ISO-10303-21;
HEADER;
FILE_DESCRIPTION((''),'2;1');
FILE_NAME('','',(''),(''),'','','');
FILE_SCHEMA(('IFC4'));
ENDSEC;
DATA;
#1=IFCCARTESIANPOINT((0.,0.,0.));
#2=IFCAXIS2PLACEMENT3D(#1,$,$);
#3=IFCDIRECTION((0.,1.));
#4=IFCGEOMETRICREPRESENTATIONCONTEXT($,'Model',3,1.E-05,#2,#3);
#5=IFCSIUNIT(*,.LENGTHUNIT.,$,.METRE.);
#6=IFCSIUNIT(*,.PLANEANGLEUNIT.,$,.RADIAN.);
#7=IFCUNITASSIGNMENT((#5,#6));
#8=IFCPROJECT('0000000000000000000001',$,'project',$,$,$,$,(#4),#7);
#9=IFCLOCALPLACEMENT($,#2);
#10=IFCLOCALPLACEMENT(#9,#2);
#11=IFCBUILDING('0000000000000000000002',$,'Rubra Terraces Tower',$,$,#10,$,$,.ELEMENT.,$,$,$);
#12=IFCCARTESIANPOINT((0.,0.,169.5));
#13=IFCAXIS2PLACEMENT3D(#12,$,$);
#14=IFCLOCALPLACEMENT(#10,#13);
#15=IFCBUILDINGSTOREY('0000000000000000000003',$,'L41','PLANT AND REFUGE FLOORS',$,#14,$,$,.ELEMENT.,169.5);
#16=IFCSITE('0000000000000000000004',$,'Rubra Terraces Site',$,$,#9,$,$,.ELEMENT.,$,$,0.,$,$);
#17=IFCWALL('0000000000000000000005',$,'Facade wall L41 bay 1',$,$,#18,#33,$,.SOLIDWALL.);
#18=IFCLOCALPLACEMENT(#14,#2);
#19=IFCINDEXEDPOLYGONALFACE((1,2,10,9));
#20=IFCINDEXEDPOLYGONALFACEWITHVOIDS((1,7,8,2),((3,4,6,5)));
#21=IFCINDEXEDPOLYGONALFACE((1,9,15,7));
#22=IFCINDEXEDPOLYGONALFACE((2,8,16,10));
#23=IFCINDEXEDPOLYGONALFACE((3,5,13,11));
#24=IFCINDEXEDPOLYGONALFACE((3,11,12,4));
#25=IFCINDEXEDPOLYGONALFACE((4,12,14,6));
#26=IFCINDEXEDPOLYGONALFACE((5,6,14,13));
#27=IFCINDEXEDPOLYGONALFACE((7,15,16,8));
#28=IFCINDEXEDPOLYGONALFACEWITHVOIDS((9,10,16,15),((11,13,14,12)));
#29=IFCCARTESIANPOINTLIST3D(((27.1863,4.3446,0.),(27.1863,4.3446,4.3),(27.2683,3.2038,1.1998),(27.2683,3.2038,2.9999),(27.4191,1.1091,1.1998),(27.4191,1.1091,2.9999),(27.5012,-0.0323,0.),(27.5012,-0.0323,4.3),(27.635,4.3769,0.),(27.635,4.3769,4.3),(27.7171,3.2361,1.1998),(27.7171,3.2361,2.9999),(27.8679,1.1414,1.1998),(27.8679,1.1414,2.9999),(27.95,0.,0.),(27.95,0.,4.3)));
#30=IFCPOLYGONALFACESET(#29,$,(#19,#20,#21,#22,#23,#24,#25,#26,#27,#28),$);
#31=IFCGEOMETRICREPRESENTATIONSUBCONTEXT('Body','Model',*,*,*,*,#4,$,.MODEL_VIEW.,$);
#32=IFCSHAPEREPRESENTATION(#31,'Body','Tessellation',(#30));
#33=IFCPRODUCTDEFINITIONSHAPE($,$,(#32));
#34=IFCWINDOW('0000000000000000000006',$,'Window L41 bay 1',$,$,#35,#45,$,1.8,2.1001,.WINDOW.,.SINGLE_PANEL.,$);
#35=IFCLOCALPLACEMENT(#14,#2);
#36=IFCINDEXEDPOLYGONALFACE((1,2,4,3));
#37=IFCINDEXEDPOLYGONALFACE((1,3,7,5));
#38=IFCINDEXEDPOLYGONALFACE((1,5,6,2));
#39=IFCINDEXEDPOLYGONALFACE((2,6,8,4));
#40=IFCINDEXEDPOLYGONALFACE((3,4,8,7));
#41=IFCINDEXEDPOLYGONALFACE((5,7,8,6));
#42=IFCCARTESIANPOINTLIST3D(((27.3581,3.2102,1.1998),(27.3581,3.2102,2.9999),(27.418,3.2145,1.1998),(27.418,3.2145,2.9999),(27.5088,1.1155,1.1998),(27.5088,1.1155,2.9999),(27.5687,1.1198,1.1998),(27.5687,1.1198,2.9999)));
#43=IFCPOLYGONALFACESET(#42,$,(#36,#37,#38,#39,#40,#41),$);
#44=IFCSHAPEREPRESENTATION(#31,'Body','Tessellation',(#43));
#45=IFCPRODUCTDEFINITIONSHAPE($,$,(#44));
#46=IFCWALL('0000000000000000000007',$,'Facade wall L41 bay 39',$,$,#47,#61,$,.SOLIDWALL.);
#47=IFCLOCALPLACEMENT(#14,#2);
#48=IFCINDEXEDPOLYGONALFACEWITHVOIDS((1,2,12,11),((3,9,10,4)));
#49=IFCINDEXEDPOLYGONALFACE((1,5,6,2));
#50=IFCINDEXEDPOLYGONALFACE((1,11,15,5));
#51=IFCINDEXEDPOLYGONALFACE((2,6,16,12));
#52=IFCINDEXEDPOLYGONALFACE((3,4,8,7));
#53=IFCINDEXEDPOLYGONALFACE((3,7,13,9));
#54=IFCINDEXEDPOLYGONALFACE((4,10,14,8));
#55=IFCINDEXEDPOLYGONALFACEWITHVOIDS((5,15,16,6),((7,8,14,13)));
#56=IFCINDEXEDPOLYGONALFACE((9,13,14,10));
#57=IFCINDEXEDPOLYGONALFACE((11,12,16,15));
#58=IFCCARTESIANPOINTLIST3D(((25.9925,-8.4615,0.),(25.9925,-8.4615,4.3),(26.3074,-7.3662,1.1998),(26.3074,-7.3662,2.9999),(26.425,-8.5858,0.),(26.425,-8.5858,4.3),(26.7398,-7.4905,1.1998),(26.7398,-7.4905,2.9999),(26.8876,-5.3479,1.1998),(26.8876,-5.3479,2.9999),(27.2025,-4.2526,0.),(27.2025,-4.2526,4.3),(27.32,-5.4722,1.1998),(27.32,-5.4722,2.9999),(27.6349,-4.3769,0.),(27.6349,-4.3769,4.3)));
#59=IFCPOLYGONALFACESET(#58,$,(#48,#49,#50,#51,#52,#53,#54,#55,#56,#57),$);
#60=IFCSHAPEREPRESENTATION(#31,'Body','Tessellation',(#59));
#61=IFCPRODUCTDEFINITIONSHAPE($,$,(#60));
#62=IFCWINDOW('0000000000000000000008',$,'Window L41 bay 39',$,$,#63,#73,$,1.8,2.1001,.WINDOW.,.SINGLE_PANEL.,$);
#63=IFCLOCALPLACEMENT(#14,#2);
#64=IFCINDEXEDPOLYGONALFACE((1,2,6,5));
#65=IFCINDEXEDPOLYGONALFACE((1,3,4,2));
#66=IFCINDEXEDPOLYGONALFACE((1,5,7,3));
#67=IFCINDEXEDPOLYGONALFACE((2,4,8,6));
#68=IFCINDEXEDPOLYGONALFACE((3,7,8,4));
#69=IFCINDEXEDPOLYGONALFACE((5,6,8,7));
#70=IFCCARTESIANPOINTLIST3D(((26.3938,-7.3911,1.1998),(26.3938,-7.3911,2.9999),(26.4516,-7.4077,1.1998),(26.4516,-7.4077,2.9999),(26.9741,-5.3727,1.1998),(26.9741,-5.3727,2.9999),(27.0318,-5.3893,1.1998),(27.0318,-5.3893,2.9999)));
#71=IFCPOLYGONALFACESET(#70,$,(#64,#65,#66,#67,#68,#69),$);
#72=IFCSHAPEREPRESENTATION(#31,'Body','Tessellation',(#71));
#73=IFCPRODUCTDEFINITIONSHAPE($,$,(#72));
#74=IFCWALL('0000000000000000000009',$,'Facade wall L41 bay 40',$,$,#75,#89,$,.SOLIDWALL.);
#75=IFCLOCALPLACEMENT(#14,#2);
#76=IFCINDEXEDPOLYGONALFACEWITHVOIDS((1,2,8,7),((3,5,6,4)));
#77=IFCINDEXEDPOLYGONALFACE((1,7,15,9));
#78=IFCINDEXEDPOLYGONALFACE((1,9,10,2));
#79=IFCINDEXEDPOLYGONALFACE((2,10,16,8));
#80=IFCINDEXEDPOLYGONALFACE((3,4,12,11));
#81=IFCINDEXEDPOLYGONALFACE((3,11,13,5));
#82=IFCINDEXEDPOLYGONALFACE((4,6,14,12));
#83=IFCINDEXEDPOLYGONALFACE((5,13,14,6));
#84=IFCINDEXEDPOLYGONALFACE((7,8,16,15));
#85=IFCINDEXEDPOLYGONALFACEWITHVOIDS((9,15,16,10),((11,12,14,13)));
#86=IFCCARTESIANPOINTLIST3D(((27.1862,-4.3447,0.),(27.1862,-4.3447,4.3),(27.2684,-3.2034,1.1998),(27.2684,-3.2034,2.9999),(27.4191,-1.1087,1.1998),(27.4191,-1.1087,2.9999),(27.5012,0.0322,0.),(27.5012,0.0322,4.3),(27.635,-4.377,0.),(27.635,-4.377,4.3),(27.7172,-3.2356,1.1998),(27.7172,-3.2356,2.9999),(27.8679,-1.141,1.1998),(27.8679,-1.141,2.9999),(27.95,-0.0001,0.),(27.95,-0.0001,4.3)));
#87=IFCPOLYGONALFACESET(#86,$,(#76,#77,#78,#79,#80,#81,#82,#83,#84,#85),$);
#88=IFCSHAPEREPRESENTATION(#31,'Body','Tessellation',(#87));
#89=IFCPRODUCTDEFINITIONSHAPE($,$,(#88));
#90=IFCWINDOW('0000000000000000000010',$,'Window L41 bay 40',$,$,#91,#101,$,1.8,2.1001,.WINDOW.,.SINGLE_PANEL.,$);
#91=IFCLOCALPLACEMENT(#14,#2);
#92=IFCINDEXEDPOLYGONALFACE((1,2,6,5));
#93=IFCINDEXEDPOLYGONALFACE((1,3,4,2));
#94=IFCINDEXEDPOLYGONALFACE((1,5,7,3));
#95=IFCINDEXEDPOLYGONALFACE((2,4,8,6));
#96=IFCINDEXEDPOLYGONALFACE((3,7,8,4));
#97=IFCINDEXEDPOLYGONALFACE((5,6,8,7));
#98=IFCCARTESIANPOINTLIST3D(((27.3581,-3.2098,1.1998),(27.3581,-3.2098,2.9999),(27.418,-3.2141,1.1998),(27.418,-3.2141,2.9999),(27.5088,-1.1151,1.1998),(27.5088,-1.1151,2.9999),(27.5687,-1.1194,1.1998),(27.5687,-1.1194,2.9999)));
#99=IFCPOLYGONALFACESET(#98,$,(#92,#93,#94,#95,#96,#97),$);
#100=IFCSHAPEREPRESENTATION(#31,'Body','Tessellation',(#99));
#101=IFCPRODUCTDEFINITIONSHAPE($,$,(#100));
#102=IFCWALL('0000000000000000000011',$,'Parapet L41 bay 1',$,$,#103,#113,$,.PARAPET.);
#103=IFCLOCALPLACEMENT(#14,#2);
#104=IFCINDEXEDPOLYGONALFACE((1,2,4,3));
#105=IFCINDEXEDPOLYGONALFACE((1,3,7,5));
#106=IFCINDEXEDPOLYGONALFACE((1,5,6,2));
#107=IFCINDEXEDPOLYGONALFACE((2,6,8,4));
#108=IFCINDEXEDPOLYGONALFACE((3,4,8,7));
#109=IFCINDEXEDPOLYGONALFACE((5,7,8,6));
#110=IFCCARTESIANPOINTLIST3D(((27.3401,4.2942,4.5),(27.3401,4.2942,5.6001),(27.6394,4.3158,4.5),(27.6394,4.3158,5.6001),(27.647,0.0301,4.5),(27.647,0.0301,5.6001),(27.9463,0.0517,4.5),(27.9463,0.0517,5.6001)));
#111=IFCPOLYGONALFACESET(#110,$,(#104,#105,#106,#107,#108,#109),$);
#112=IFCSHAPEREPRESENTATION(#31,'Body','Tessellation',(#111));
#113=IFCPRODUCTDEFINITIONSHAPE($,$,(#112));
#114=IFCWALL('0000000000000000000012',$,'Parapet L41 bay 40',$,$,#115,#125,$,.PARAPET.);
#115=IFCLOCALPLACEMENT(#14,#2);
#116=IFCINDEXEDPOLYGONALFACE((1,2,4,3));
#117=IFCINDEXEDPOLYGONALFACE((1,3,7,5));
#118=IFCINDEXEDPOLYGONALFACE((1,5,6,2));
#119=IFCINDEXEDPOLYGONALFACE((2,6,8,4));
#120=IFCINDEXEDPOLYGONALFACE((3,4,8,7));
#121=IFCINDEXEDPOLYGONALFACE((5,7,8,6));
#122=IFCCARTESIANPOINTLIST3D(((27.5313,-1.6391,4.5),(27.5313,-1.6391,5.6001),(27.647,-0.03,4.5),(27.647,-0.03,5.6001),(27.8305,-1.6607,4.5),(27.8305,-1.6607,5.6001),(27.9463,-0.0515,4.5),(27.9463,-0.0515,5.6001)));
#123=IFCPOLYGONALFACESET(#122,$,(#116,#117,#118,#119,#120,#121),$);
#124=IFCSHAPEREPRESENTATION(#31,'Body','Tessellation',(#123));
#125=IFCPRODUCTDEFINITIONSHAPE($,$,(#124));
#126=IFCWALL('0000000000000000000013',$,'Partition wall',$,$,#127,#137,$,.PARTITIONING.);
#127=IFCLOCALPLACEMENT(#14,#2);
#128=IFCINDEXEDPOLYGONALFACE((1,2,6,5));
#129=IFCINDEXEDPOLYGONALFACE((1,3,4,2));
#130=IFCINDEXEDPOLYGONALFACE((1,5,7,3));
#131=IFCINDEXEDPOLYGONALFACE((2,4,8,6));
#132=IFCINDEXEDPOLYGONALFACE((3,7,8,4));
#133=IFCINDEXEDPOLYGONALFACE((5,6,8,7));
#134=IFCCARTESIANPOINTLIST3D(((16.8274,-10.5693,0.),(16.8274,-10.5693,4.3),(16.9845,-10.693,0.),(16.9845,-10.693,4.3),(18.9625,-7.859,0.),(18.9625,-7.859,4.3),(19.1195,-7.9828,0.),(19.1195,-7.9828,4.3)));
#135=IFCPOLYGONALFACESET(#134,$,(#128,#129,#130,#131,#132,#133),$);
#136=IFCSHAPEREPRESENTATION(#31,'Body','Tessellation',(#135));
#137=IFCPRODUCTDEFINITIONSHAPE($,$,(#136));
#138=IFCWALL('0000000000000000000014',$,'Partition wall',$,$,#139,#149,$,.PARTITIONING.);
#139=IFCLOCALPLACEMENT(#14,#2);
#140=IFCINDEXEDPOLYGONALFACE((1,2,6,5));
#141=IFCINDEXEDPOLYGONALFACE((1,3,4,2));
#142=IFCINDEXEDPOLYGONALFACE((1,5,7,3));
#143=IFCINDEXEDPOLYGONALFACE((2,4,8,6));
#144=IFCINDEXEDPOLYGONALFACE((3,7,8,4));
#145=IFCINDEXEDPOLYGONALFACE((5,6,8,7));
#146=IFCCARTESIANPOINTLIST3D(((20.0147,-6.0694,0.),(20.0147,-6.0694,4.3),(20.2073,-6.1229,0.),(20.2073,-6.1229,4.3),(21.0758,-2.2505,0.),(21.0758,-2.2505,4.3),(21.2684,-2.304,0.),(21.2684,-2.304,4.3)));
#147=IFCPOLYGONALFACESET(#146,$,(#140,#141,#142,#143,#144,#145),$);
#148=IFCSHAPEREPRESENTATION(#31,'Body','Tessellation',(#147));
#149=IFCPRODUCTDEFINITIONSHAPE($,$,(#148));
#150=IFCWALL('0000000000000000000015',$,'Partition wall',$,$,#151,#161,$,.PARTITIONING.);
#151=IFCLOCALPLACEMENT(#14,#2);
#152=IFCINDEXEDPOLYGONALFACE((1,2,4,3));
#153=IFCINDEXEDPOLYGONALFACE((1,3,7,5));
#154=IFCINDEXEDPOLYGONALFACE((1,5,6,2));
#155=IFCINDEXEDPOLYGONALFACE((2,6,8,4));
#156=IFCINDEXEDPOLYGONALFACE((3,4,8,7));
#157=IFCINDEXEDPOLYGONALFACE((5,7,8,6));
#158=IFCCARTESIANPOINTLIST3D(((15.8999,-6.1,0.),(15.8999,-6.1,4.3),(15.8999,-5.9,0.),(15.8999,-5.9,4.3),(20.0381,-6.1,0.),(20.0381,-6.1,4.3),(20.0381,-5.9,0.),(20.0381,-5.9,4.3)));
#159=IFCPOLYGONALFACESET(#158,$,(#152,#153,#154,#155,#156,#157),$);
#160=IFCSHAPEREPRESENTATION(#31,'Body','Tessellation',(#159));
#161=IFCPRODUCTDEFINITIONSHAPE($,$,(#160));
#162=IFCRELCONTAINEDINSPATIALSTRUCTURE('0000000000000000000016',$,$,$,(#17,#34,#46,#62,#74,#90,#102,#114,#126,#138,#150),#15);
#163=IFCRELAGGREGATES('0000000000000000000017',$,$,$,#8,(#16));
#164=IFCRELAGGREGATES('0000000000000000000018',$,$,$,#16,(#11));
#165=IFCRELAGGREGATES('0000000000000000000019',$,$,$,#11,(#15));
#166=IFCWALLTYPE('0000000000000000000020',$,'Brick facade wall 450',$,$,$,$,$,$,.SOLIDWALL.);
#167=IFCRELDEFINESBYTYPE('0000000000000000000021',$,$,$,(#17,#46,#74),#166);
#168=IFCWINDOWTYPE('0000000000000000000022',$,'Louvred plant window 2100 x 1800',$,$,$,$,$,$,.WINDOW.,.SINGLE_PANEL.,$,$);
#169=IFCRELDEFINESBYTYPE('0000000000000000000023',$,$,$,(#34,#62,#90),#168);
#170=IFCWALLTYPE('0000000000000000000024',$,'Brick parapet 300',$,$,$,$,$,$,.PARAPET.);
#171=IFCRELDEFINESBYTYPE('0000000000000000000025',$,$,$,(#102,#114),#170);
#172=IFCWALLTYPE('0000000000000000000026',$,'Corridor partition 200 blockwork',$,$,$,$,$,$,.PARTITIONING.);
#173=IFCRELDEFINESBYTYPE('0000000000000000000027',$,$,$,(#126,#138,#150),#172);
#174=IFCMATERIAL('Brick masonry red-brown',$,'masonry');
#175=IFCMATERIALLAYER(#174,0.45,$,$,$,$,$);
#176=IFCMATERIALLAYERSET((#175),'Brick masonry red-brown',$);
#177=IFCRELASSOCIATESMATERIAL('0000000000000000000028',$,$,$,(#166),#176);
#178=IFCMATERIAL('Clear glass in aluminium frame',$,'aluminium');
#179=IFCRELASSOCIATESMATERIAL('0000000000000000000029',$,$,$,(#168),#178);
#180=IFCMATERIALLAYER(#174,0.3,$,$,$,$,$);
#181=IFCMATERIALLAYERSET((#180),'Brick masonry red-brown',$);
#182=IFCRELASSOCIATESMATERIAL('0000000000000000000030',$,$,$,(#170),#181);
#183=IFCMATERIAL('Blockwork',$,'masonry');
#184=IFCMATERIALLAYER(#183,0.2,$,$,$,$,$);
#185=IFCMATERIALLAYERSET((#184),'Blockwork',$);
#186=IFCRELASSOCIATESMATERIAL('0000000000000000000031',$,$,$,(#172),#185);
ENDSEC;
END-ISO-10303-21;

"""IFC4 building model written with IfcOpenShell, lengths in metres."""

from ifc_helpers import new_model, si_unit, direction, frame, frame_2d, origin, place, context, subcontext, project, spatial, rectangle, extrude, material, layer, layer_set, type_object, element, fill, save


model = new_model("IFC4")

# Units and contexts
model_context = context("Model", 3, precision=1e-05, world=origin(), true_north=direction((0.0, 1.0)))
body_context = subcontext(model_context, "Body", "Model", "MODEL_VIEW")
ifc_project = project(units=[si_unit("LENGTHUNIT", "METRE"), si_unit("PLANEANGLEUNIT", "RADIAN")], contexts=[model_context])

# Site, building, storey
site_placement = place(None, origin())
site = spatial("IfcSite", under=ifc_project, at=site_placement, Name="Rubra Terraces Site", CompositionType="ELEMENT", RefElevation=0.0)
building_placement = place(site_placement, origin())
building = spatial("IfcBuilding", under=site, at=building_placement, Name="Rubra Terraces Tower", CompositionType="ELEMENT")
storey_placement = place(building_placement, frame((0.0, 0.0, 169.5)))
storey = spatial("IfcBuildingStorey", under=building, at=storey_placement, Name="L41", Description="PLANT AND REFUGE FLOORS", CompositionType="ELEMENT", Elevation=169.5)

# Walls, openings, windows
ifc_material_1 = material(Name="Brick masonry red-brown", Category="masonry")
ifc_layer_1 = layer(ifc_material_1, 0.45)
ifc_layer_set_1 = layer_set([ifc_layer_1], Name="Brick masonry red-brown")
wall_type_1 = type_object("IfcWallType", Name="Brick facade wall 450", PredefinedType="SOLIDWALL", material=ifc_layer_set_1)
wall_1_placement = place(storey_placement, frame((27.7256, -0.0161, 0.0), z_axis=(0.0, 0.0, 1.0), x_axis=(-0.071769, 0.997421, 0.0)))
wall_1 = element("IfcWall", 1, at=wall_1_placement, inside=storey, type_object=wall_type_1, Name="Facade wall L41 bay 1", PredefinedType="SOLIDWALL", context=body_context, shape_type="SweptSolid", body=[
    extrude(rectangle(XDim=4.3882, YDim=0.45, at=frame_2d((2.1941, 0.0))), origin(), (0.0, 0.0, 1.0), 4.3),
])
opening_1_placement = place(wall_1_placement, frame((1.1443, 0.0, 1.2)))
opening_1 = element("IfcOpeningElement", 2, at=opening_1_placement, cuts=wall_1, PredefinedType="OPENING", context=body_context, shape_type="SweptSolid", body=[
    extrude(rectangle(XDim=2.1001, YDim=1.8, at=frame_2d((1.05, 0.8999))), frame((0.0, 0.2349, 0.0), z_axis=(0.0, -1.0, 0.0), x_axis=(1.0, 0.0, 0.0)), (0.0, 0.0, 1.0), 0.47),
])
ifc_material_2 = material(Name="Clear glass in aluminium frame", Category="aluminium")
window_type = type_object("IfcWindowType", Name="Louvred plant window 2100 x 1800", PartitioningType="SINGLE_PANEL", PredefinedType="WINDOW", material=ifc_material_2)
window_1_placement = place(opening_1_placement, origin())
window_1 = element("IfcWindow", 3, at=window_1_placement, inside=storey, type_object=window_type, Name="Window L41 bay 1", OverallHeight=1.8, OverallWidth=2.1001, PartitioningType="SINGLE_PANEL", PredefinedType="WINDOW", context=body_context, shape_type="SweptSolid", body=[
    extrude(rectangle(XDim=2.1001, YDim=1.8, at=frame_2d((1.05, 0.8999))), frame((0.0, 0.135, 0.0), z_axis=(0.0, -1.0, 0.0), x_axis=(1.0, 0.0, 0.0)), (0.0, 0.0, 1.0), 0.0601),
])
fill(opening_1, window_1)
wall_2_placement = place(storey_placement, frame((26.2087, -8.5237, 0.0), z_axis=(0.0, 0.0, 1.0), x_axis=(0.276282, 0.961077, 0.0)))
wall_2 = element("IfcWall", 4, at=wall_2_placement, inside=storey, type_object=wall_type_1, Name="Facade wall L41 bay 39", PredefinedType="SOLIDWALL", context=body_context, shape_type="SweptSolid", body=[
    extrude(rectangle(XDim=4.3794, YDim=0.45, at=frame_2d((2.1897, 0.0))), origin(), (0.0, 0.0, 1.0), 4.3),
])
opening_2_placement = place(wall_2_placement, frame((1.1396, 0.0, 1.2)))
opening_2 = element("IfcOpeningElement", 5, at=opening_2_placement, cuts=wall_2, PredefinedType="OPENING", context=body_context, shape_type="SweptSolid", body=[
    extrude(rectangle(XDim=2.1001, YDim=1.8, at=frame_2d((1.05, 0.8999))), frame((0.0, 0.2349, 0.0), z_axis=(0.0, -1.0, 0.0), x_axis=(1.0, 0.0, 0.0)), (0.0, 0.0, 1.0), 0.47),
])
window_2_placement = place(opening_2_placement, origin())
window_2 = element("IfcWindow", 6, at=window_2_placement, inside=storey, type_object=window_type, Name="Window L41 bay 39", OverallHeight=1.8, OverallWidth=2.1001, PartitioningType="SINGLE_PANEL", PredefinedType="WINDOW", context=body_context, shape_type="SweptSolid", body=[
    extrude(rectangle(XDim=2.1001, YDim=1.8, at=frame_2d((1.05, 0.8999))), frame((0.0, 0.135, 0.0), z_axis=(0.0, -1.0, 0.0), x_axis=(1.0, 0.0, 0.0)), (0.0, 0.0, 1.0), 0.0601),
])
fill(opening_2, window_2)
wall_3_placement = place(storey_placement, frame((27.4106, -4.3608, 0.0), z_axis=(0.0, 0.0, 1.0), x_axis=(0.071769, 0.997421, 0.0)))
wall_3 = element("IfcWall", 7, at=wall_3_placement, inside=storey, type_object=wall_type_1, Name="Facade wall L41 bay 40", PredefinedType="SOLIDWALL", context=body_context, shape_type="SweptSolid", body=[
    extrude(rectangle(XDim=4.3882, YDim=0.45, at=frame_2d((2.1941, 0.0))), origin(), (0.0, 0.0, 1.0), 4.3),
])
opening_3_placement = place(wall_3_placement, frame((1.1443, 0.0, 1.2)))
opening_3 = element("IfcOpeningElement", 8, at=opening_3_placement, cuts=wall_3, PredefinedType="OPENING", context=body_context, shape_type="SweptSolid", body=[
    extrude(rectangle(XDim=2.1001, YDim=1.8, at=frame_2d((1.05, 0.8999))), frame((0.0, 0.2349, 0.0), z_axis=(0.0, -1.0, 0.0), x_axis=(1.0, 0.0, 0.0)), (0.0, 0.0, 1.0), 0.47),
])
window_3_placement = place(opening_3_placement, origin())
window_3 = element("IfcWindow", 9, at=window_3_placement, inside=storey, type_object=window_type, Name="Window L41 bay 40", OverallHeight=1.8, OverallWidth=2.1001, PartitioningType="SINGLE_PANEL", PredefinedType="WINDOW", context=body_context, shape_type="SweptSolid", body=[
    extrude(rectangle(XDim=2.1001, YDim=1.8, at=frame_2d((1.05, 0.8999))), frame((0.0, 0.135, 0.0), z_axis=(0.0, -1.0, 0.0), x_axis=(1.0, 0.0, 0.0)), (0.0, 0.0, 1.0), 0.0601),
])
fill(opening_3, window_3)

# Walls
ifc_layer_2 = layer(ifc_material_1, 0.3)
ifc_layer_set_2 = layer_set([ifc_layer_2], Name="Brick masonry red-brown")
wall_type_2 = type_object("IfcWallType", Name="Brick parapet 300", PredefinedType="PARAPET", material=ifc_layer_set_2)
wall_4_placement = place(storey_placement, frame((27.7966, 0.0408, 4.5), z_axis=(0.0, 0.0, 1.0), x_axis=(-0.071783, 0.99742, 0.0)))
element("IfcWall", 10, at=wall_4_placement, inside=storey, type_object=wall_type_2, Name="Parapet L41 bay 1", PredefinedType="PARAPET", context=body_context, shape_type="SweptSolid", body=[
    extrude(rectangle(XDim=4.2751, YDim=0.3, at=frame_2d((2.1377, 0.0))), origin(), (0.0, 0.0, 1.0), 1.1001),
])
wall_5_placement = place(storey_placement, frame((27.6809, -1.6499, 4.5), z_axis=(0.0, 0.0, 1.0), x_axis=(0.071731, 0.997424, 0.0)))
element("IfcWall", 11, at=wall_5_placement, inside=storey, type_object=wall_type_2, Name="Parapet L41 bay 40", PredefinedType="PARAPET", context=body_context, shape_type="SweptSolid", body=[
    extrude(rectangle(XDim=1.6133, YDim=0.3, at=frame_2d((0.8066, 0.0))), origin(), (0.0, 0.0, 1.0), 1.1001),
])
ifc_material_3 = material(Name="Blockwork", Category="masonry")
ifc_layer_3 = layer(ifc_material_3, 0.2)
ifc_layer_set_3 = layer_set([ifc_layer_3], Name="Blockwork")
wall_type_3 = type_object("IfcWallType", Name="Corridor partition 200 blockwork", PredefinedType="PARTITIONING", material=ifc_layer_set_3)
wall_6_placement = place(storey_placement, frame((19.041, -7.9209, 0.0), z_axis=(0.0, 0.0, 1.0), x_axis=(-0.618818, -0.785534, 0.0)))
element("IfcWall", 12, at=wall_6_placement, inside=storey, type_object=wall_type_3, Name="Partition wall", PredefinedType="PARTITIONING", context=body_context, shape_type="SweptSolid", body=[
    extrude(rectangle(XDim=3.4502, YDim=0.2, at=frame_2d((1.7251, 0.0))), origin(), (0.0, 0.0, 1.0), 4.3),
])
wall_7_placement = place(storey_placement, frame((21.1721, -2.2771, 0.0), z_axis=(0.0, 0.0, 1.0), x_axis=(-0.267701, -0.963502, 0.0)))
element("IfcWall", 13, at=wall_7_placement, inside=storey, type_object=wall_type_3, Name="Partition wall", PredefinedType="PARTITIONING", context=body_context, shape_type="SweptSolid", body=[
    extrude(rectangle(XDim=3.9636, YDim=0.2, at=frame_2d((1.9819, 0.0))), origin(), (0.0, 0.0, 1.0), 4.3),
])
wall_8_placement = place(storey_placement, frame((20.0381, -6.0, 0.0), z_axis=(0.0, 0.0, 1.0), x_axis=(-1.0, 0.0, 0.0)))
element("IfcWall", 14, at=wall_8_placement, inside=storey, type_object=wall_type_3, Name="Partition wall", PredefinedType="PARTITIONING", context=body_context, shape_type="SweptSolid", body=[
    extrude(rectangle(XDim=4.1382, YDim=0.2, at=frame_2d((2.0691, 0.0))), origin(), (0.0, 0.0, 1.0), 4.3),
])

save(model, "model.ifc")
